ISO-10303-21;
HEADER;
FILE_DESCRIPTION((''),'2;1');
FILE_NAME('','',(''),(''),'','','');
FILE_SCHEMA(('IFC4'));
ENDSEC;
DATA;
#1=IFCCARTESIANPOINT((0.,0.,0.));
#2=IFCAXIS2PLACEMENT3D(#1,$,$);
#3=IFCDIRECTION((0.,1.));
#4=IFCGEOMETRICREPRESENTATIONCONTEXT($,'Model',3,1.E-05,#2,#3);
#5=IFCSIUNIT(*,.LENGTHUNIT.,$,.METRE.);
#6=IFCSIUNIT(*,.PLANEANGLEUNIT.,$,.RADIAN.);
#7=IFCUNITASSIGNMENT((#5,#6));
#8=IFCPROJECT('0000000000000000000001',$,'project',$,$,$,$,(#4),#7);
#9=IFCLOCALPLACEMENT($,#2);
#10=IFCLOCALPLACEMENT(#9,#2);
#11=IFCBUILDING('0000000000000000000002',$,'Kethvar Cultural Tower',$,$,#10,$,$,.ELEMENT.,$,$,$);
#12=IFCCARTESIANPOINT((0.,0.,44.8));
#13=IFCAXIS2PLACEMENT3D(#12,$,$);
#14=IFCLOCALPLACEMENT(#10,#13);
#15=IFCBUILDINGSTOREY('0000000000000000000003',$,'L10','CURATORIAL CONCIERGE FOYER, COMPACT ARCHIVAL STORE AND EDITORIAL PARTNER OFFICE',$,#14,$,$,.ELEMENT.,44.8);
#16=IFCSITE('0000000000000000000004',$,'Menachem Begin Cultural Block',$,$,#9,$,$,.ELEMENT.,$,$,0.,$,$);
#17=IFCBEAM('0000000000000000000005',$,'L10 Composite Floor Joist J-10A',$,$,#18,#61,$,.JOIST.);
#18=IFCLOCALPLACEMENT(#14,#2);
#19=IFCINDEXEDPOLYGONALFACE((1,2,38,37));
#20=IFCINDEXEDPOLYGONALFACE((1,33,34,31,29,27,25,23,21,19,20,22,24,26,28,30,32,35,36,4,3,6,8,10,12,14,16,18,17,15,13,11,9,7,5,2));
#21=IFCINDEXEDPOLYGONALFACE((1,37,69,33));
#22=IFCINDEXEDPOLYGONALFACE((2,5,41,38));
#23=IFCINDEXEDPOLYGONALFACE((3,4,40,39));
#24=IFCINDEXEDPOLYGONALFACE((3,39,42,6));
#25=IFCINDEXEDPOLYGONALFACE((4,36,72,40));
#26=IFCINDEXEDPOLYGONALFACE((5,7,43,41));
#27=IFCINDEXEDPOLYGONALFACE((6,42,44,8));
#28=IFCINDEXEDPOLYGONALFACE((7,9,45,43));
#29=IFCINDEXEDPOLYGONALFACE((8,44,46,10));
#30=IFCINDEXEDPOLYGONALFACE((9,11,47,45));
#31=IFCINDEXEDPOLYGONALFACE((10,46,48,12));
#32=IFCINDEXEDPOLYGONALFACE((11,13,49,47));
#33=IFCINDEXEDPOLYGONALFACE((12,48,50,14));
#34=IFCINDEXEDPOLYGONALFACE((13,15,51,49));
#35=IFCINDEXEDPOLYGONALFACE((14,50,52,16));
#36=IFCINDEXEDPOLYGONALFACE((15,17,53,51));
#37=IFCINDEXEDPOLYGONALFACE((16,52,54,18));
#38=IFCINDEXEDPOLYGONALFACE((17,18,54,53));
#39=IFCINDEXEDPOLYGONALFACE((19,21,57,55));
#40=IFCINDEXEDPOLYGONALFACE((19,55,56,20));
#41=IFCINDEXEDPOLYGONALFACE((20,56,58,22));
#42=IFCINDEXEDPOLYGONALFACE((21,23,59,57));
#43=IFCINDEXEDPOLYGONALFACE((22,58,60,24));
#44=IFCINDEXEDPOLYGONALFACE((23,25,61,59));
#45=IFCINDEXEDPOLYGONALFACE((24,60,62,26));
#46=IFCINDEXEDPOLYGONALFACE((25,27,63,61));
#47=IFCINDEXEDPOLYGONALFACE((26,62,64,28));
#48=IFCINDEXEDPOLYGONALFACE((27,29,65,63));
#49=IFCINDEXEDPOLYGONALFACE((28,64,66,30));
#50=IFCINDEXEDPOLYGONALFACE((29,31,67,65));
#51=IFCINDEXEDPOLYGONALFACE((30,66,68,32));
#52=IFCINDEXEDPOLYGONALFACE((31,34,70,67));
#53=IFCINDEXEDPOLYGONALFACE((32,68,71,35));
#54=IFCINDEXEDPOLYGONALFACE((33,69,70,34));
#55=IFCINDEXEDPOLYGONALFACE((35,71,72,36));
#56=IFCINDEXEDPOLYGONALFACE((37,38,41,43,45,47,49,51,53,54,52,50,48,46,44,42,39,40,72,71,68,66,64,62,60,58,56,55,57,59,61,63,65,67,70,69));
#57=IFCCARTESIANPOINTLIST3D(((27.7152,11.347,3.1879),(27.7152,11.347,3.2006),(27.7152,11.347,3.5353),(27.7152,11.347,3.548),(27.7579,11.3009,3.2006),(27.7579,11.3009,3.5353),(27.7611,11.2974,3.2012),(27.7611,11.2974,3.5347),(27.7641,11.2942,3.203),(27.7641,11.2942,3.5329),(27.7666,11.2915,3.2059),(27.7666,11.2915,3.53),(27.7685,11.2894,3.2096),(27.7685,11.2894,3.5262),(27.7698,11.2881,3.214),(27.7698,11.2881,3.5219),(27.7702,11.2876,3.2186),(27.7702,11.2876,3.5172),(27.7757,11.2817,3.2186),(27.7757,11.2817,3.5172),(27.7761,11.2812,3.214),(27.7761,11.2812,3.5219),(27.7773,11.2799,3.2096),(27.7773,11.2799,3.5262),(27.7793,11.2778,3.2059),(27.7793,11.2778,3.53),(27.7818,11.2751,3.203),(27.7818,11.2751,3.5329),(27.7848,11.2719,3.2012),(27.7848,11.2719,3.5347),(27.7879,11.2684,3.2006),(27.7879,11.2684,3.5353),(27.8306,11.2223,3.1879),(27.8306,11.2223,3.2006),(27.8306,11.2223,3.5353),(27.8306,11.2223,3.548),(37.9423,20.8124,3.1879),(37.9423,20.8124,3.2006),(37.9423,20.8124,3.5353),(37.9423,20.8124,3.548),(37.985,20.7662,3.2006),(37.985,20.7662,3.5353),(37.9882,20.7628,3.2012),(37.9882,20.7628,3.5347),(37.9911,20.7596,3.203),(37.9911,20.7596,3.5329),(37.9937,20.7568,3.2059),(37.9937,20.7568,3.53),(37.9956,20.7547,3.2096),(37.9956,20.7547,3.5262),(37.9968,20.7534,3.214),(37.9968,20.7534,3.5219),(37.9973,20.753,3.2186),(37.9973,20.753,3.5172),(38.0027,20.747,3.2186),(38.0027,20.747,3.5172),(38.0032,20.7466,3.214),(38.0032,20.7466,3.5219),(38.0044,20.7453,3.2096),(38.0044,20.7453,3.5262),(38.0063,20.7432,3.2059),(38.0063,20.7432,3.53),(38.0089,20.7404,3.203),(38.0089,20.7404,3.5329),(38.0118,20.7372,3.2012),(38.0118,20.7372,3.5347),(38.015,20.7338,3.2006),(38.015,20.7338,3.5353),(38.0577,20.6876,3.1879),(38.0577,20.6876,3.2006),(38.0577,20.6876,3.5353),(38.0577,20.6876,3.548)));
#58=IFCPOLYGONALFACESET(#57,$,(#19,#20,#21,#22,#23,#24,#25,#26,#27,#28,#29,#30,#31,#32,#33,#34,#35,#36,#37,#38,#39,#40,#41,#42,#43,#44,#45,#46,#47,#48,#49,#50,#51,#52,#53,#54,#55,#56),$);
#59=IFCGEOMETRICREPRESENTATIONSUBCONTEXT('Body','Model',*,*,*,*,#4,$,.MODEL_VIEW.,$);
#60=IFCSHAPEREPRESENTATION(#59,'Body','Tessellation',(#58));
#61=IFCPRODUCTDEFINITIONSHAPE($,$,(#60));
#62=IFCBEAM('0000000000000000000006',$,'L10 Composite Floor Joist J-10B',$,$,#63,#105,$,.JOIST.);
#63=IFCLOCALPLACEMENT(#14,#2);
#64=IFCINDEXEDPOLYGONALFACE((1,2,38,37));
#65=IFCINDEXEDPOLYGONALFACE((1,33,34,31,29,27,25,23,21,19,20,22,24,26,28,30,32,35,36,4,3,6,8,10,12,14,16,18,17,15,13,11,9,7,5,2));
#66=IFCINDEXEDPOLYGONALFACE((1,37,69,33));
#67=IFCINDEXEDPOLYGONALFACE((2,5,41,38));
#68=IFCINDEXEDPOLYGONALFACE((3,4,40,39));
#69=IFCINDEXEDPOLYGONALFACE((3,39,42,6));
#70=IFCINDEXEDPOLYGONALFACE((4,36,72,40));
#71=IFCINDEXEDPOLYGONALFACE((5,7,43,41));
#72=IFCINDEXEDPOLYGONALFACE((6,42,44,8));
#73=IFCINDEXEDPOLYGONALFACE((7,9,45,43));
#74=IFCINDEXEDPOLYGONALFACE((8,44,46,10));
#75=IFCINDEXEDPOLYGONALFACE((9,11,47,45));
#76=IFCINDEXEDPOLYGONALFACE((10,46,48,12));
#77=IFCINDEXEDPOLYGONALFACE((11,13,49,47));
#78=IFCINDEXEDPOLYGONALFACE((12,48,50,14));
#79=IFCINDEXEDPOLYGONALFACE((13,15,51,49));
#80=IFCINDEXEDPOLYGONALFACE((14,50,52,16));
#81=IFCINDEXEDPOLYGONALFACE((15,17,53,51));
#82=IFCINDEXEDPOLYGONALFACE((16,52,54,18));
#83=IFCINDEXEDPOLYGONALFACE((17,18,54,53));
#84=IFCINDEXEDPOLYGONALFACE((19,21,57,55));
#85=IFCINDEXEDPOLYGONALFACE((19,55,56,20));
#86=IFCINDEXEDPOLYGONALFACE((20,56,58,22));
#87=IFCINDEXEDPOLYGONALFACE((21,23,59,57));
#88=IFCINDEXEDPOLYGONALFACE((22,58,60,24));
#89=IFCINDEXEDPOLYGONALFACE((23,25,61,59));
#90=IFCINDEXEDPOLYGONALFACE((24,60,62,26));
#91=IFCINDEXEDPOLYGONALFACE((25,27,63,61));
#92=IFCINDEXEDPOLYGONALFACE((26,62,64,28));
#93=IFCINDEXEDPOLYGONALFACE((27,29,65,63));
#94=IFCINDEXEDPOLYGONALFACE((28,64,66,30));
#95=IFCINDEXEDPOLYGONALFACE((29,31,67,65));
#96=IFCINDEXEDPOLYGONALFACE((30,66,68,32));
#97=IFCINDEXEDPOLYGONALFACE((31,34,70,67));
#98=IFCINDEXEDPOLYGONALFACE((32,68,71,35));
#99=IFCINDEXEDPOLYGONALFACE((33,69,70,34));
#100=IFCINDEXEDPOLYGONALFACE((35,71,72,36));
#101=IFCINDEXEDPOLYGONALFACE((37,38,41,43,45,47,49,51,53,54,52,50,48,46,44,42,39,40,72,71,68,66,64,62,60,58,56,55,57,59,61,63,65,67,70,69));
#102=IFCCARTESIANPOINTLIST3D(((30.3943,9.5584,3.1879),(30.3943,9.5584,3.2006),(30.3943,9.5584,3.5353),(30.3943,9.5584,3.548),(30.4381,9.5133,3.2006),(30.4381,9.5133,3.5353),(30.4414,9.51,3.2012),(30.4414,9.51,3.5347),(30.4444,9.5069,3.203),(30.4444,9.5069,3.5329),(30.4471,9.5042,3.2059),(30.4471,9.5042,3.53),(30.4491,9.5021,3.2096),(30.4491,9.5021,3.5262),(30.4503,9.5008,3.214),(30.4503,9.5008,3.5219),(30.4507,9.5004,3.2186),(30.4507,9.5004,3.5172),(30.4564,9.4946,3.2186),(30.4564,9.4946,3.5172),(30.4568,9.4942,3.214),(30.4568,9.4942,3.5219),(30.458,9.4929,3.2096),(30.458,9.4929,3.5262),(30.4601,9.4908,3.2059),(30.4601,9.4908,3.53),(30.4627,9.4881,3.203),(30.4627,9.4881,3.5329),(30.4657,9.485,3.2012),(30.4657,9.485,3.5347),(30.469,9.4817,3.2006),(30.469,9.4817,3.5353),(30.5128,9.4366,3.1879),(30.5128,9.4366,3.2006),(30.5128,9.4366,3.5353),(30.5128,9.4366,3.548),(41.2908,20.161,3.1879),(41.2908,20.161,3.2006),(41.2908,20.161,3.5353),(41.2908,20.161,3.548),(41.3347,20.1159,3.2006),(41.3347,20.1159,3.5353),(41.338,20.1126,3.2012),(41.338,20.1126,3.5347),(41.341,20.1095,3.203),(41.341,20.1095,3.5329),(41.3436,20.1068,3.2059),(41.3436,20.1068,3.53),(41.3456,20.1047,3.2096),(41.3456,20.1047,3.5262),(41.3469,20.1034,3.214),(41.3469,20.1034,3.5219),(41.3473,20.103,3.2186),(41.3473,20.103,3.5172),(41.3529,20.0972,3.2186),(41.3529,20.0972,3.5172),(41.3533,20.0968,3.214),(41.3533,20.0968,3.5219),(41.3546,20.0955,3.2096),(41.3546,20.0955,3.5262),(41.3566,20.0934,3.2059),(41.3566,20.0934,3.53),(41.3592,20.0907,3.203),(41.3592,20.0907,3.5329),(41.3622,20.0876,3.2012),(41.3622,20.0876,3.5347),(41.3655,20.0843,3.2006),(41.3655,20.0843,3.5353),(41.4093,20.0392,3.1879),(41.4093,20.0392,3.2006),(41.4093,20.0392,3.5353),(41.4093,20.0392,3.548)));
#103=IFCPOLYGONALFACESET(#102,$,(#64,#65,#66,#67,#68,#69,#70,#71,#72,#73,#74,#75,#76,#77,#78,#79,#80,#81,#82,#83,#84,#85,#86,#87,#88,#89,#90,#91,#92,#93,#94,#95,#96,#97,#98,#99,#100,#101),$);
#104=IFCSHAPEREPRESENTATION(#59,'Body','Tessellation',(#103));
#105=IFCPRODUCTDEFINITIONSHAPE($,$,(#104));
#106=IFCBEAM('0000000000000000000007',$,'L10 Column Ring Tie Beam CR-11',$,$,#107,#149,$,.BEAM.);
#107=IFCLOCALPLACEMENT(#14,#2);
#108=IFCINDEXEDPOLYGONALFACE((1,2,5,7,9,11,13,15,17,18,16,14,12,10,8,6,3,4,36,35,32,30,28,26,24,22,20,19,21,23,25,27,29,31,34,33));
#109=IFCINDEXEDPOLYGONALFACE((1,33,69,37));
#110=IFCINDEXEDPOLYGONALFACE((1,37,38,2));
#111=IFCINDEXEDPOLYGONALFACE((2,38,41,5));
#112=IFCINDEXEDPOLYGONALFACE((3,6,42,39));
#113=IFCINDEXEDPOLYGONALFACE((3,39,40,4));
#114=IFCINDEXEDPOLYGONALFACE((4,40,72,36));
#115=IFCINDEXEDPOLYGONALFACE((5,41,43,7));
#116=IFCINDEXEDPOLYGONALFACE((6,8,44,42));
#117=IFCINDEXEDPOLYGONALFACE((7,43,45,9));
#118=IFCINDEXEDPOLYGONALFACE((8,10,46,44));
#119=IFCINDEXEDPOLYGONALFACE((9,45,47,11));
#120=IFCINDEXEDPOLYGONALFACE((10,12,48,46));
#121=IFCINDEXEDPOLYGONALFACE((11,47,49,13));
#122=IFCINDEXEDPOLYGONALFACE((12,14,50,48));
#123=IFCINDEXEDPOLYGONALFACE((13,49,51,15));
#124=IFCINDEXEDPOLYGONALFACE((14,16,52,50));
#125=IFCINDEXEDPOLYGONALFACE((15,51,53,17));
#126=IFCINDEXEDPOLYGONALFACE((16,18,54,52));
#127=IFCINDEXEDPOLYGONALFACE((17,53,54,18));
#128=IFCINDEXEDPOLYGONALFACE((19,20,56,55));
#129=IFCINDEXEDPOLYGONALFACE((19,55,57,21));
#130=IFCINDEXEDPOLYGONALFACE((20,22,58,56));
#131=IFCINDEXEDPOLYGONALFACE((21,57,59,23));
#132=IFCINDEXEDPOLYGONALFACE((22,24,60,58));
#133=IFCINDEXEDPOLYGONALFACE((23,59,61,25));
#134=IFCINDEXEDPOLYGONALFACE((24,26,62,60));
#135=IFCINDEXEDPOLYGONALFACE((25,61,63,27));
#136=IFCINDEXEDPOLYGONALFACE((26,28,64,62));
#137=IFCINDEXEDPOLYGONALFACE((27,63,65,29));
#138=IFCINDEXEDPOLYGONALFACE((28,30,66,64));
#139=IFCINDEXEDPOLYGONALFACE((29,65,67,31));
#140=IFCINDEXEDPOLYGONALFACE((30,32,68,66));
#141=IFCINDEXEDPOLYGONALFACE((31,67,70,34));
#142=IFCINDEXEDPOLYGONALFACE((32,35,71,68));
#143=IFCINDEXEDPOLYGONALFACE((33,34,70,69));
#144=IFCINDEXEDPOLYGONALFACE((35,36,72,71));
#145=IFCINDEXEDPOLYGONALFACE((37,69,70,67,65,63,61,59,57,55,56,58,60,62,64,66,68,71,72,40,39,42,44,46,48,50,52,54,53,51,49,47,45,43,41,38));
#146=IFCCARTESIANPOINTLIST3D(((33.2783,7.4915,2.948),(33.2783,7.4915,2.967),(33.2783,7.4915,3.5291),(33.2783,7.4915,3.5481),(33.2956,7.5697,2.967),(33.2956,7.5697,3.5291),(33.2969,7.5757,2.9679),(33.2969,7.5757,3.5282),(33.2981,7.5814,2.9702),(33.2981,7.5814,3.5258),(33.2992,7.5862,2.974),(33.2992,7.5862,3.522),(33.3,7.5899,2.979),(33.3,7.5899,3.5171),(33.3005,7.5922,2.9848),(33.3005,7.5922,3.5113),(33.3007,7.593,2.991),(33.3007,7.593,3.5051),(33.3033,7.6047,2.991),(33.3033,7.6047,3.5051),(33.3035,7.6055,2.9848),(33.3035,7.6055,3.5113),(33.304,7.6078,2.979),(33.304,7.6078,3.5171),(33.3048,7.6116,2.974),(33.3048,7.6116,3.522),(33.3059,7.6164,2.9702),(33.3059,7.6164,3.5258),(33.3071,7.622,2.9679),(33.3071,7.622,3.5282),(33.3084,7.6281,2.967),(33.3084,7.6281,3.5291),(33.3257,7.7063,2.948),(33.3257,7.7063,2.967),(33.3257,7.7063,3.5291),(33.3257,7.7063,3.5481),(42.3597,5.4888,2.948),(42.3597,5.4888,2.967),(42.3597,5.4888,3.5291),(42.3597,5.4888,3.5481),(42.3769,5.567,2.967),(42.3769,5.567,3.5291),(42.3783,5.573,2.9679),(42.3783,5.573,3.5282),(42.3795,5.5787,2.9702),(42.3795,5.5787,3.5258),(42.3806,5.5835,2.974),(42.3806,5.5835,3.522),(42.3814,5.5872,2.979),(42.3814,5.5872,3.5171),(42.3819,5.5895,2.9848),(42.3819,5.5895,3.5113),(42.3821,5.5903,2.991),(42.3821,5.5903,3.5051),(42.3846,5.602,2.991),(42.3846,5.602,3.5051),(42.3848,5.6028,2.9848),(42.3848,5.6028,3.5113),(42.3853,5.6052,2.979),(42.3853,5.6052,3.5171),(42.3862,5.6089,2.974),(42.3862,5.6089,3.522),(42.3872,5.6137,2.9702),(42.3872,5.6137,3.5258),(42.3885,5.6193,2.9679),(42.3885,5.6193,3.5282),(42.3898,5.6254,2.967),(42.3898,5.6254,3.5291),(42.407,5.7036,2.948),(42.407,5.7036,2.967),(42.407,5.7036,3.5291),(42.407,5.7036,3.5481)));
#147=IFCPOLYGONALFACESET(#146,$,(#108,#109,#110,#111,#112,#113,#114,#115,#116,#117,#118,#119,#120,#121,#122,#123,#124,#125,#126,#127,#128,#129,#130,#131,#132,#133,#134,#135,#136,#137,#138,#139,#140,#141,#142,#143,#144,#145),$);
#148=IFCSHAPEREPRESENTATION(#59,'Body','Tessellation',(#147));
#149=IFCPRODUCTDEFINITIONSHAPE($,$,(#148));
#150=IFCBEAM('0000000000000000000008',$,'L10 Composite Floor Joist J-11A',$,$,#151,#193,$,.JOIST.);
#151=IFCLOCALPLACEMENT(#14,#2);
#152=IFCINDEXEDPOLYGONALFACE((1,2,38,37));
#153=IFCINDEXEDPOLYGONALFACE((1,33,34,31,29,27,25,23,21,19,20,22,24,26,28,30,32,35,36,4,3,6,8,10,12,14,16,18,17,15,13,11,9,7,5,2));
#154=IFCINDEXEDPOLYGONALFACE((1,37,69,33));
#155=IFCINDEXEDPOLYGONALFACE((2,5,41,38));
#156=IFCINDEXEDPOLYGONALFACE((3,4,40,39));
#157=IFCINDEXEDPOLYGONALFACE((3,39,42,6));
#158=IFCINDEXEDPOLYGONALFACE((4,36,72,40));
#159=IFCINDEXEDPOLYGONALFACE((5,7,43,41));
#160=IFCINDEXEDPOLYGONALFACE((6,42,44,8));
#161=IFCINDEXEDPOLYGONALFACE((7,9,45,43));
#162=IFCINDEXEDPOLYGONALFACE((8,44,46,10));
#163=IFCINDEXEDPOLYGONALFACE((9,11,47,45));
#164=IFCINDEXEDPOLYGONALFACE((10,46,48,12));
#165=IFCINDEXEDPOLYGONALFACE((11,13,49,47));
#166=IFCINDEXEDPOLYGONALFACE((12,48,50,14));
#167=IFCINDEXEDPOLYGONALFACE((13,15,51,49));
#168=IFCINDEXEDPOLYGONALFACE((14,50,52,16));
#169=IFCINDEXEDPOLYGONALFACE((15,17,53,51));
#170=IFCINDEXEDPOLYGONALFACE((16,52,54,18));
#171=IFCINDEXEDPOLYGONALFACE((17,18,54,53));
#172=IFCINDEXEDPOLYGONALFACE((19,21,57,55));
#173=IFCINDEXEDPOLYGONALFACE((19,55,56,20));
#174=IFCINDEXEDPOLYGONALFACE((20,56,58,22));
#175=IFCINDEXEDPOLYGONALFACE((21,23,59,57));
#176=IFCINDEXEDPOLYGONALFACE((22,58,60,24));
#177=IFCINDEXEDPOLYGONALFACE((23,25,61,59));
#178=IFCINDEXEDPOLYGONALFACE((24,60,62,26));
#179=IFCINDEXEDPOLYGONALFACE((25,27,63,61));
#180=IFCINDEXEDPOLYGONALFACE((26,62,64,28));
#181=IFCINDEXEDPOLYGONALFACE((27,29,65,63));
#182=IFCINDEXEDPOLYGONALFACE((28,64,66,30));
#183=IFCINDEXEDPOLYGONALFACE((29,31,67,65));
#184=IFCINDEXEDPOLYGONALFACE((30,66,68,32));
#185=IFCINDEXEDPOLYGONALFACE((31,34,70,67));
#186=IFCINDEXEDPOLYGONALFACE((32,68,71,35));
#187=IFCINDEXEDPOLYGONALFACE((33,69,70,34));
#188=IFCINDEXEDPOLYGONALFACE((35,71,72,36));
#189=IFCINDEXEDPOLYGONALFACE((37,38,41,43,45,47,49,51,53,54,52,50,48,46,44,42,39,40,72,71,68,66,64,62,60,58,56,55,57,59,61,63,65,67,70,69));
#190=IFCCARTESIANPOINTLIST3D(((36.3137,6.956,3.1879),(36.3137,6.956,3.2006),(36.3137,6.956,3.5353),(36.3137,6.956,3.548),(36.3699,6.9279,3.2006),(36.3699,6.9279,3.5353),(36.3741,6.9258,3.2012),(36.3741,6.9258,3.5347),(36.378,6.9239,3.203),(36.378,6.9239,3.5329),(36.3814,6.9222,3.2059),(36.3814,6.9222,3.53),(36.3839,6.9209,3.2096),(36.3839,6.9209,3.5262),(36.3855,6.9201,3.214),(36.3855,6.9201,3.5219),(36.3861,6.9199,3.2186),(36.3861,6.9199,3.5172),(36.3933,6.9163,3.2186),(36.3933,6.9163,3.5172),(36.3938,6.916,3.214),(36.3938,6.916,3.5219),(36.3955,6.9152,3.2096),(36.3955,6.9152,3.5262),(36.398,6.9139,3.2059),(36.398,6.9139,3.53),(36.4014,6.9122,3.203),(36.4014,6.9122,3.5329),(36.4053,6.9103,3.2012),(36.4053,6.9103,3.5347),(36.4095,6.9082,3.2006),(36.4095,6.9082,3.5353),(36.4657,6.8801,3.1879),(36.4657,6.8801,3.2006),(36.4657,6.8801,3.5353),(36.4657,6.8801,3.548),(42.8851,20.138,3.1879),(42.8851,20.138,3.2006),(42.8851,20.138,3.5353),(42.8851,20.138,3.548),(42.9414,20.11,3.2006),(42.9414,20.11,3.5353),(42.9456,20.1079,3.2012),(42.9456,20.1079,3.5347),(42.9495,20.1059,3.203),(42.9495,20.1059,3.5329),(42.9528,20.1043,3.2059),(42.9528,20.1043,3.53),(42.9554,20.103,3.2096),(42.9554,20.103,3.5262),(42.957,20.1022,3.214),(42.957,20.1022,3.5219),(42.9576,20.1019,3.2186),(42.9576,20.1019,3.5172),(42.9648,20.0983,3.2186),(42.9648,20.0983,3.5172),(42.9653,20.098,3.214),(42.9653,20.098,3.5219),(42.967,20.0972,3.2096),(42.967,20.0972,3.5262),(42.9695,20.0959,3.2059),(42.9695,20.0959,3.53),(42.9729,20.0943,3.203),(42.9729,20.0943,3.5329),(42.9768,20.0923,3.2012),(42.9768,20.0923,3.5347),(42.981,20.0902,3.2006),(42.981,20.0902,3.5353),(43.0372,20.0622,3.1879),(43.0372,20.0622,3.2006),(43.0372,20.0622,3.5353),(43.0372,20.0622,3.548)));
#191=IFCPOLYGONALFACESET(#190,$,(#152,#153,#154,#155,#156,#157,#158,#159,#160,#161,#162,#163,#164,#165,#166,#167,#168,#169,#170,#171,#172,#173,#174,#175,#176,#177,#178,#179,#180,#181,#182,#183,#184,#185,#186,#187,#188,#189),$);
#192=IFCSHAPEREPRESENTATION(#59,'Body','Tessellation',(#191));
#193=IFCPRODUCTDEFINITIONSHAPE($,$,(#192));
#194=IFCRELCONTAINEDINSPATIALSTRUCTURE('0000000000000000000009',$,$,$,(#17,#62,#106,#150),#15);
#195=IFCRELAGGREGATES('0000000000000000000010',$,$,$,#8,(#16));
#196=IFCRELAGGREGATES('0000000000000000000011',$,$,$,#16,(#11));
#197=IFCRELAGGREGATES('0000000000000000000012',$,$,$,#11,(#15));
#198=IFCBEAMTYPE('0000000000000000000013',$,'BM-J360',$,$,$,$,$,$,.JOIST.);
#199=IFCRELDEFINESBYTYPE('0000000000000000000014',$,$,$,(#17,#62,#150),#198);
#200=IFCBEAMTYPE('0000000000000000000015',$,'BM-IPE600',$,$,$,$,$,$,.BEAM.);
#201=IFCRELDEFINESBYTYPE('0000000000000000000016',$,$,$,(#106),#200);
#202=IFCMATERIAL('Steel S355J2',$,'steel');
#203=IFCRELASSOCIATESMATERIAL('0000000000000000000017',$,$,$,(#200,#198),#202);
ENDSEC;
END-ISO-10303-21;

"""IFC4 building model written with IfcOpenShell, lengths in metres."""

from ifc_helpers import new_model, si_unit, direction, frame, origin, origin_2d, place, context, subcontext, project, spatial, i_section, extrude, source, transform, mapped, material, material_profile, profile_set, type_object, element, save


model = new_model("IFC4")

# Units and contexts
model_context = context("Model", 3, precision=1e-05, world=origin(), true_north=direction((0.0, 1.0)))
body_context = subcontext(model_context, "Body", "Model", "MODEL_VIEW")
ifc_project = project(units=[si_unit("LENGTHUNIT", "METRE"), si_unit("PLANEANGLEUNIT", "RADIAN")], contexts=[model_context])

# Site, building, storey
site_placement = place(None, origin())
site = spatial("IfcSite", under=ifc_project, at=site_placement, Name="Menachem Begin Cultural Block", CompositionType="ELEMENT", RefElevation=0.0)
building_placement = place(site_placement, origin())
building = spatial("IfcBuilding", under=site, at=building_placement, Name="Kethvar Cultural Tower", CompositionType="ELEMENT")
storey_placement = place(building_placement, frame((0.0, 0.0, 44.8)))
storey = spatial("IfcBuildingStorey", under=building, at=storey_placement, Name="L10", Description="CURATORIAL CONCIERGE FOYER, COMPACT ARCHIVAL STORE AND EDITORIAL PARTNER OFFICE", CompositionType="ELEMENT", Elevation=44.8)

# Beams
ifc_material_1 = material(Name="Steel S355J2", Category="steel")
ifc_material_profile_1 = material_profile(ifc_material_1, i_section(OverallWidth=0.22, OverallDepth=0.6001, WebThickness=0.012, FlangeThickness=0.019, FilletRadius=0.0239, at=origin_2d()), Name="Steel S355J2 — IPE600")
ifc_profile_set_1 = profile_set([ifc_material_profile_1], Name="Steel S355J2 — IPE600")
beam_type_1 = type_object("IfcBeamType", Name="BM-IPE600", PredefinedType="BEAM", material=ifc_profile_set_1)
ifc_material_profile_2 = material_profile(ifc_material_1, i_section(OverallWidth=0.1699, OverallDepth=0.3601, WebThickness=0.0081, FlangeThickness=0.0127, FilletRadius=0.0181, at=origin_2d()), Name="Steel S355J2 — IPE360")
ifc_profile_set_2 = profile_set([ifc_material_profile_2], Name="Steel S355J2 — IPE360")
beam_type_2 = type_object("IfcBeamType", Name="BM-J360", PredefinedType="JOIST", material=ifc_profile_set_2)
shared_shape_1 = source(origin(), body_context, "Body", "SweptSolid", [
    extrude(i_section(OverallWidth=0.1699, OverallDepth=0.3601, WebThickness=0.0081, FlangeThickness=0.0127, FilletRadius=0.0181, at=origin_2d()), origin(), (0.0, 0.0, 1.0), 13.9351),
])
beam_1_placement = place(storey_placement, frame((38.0, 20.75, 3.3679), z_axis=(-0.733909, -0.679247, 0.0), x_axis=(0.679247, -0.733909, 0.0)))
element("IfcBeam", 1, at=beam_1_placement, inside=storey, type_object=beam_type_2, Name="L10 Composite Floor Joist J-10A", PredefinedType="JOIST", context=body_context, shape_type="MappedRepresentation", body=[
    mapped(shared_shape_1, transform((0.0, 0.0, 0.0), scale=1.0)),
])
shared_shape_2 = source(origin(), body_context, "Body", "SweptSolid", [
    extrude(i_section(OverallWidth=0.1699, OverallDepth=0.3601, WebThickness=0.0081, FlangeThickness=0.0127, FilletRadius=0.0181, at=origin_2d()), origin(), (0.0, 0.0, 1.0), 15.2036),
])
beam_2_placement = place(storey_placement, frame((41.3501, 20.1001, 3.3679), z_axis=(-0.716708, -0.697374, 0.0), x_axis=(0.697374, -0.716708, 0.0)))
element("IfcBeam", 2, at=beam_2_placement, inside=storey, type_object=beam_type_2, Name="L10 Composite Floor Joist J-10B", PredefinedType="JOIST", context=body_context, shape_type="MappedRepresentation", body=[
    mapped(shared_shape_2, transform((0.0, 0.0, 0.0), scale=1.0)),
])
shared_shape_3 = source(origin(), body_context, "Body", "SweptSolid", [
    extrude(i_section(OverallWidth=0.22, OverallDepth=0.6001, WebThickness=0.012, FlangeThickness=0.019, FilletRadius=0.0239, at=origin_2d()), origin(), (0.0, 0.0, 1.0), 9.2996),
])
beam_3_placement = place(storey_placement, frame((33.302, 7.5989, 3.248), z_axis=(0.976536, -0.215354, 0.0), x_axis=(0.215354, 0.976536, 0.0)))
element("IfcBeam", 3, at=beam_3_placement, inside=storey, type_object=beam_type_1, Name="L10 Column Ring Tie Beam CR-11", PredefinedType="BEAM", context=body_context, shape_type="MappedRepresentation", body=[
    mapped(shared_shape_3, transform((0.0, 0.0, 0.0), scale=1.0)),
])
shared_shape_4 = source(origin(), body_context, "Body", "SweptSolid", [
    extrude(i_section(OverallWidth=0.1699, OverallDepth=0.3601, WebThickness=0.0081, FlangeThickness=0.0127, FilletRadius=0.0181, at=origin_2d()), origin(), (0.0, 0.0, 1.0), 14.7292),
])
beam_4_placement = place(storey_placement, frame((42.9612, 20.1001, 3.3679), z_axis=(-0.446152, -0.894957, 0.0), x_axis=(0.894957, -0.446152, 0.0)))
element("IfcBeam", 4, at=beam_4_placement, inside=storey, type_object=beam_type_2, Name="L10 Composite Floor Joist J-11A", PredefinedType="JOIST", context=body_context, shape_type="MappedRepresentation", body=[
    mapped(shared_shape_4, transform((0.0, 0.0, 0.0), scale=1.0)),
])

save(model, "model.ifc")
